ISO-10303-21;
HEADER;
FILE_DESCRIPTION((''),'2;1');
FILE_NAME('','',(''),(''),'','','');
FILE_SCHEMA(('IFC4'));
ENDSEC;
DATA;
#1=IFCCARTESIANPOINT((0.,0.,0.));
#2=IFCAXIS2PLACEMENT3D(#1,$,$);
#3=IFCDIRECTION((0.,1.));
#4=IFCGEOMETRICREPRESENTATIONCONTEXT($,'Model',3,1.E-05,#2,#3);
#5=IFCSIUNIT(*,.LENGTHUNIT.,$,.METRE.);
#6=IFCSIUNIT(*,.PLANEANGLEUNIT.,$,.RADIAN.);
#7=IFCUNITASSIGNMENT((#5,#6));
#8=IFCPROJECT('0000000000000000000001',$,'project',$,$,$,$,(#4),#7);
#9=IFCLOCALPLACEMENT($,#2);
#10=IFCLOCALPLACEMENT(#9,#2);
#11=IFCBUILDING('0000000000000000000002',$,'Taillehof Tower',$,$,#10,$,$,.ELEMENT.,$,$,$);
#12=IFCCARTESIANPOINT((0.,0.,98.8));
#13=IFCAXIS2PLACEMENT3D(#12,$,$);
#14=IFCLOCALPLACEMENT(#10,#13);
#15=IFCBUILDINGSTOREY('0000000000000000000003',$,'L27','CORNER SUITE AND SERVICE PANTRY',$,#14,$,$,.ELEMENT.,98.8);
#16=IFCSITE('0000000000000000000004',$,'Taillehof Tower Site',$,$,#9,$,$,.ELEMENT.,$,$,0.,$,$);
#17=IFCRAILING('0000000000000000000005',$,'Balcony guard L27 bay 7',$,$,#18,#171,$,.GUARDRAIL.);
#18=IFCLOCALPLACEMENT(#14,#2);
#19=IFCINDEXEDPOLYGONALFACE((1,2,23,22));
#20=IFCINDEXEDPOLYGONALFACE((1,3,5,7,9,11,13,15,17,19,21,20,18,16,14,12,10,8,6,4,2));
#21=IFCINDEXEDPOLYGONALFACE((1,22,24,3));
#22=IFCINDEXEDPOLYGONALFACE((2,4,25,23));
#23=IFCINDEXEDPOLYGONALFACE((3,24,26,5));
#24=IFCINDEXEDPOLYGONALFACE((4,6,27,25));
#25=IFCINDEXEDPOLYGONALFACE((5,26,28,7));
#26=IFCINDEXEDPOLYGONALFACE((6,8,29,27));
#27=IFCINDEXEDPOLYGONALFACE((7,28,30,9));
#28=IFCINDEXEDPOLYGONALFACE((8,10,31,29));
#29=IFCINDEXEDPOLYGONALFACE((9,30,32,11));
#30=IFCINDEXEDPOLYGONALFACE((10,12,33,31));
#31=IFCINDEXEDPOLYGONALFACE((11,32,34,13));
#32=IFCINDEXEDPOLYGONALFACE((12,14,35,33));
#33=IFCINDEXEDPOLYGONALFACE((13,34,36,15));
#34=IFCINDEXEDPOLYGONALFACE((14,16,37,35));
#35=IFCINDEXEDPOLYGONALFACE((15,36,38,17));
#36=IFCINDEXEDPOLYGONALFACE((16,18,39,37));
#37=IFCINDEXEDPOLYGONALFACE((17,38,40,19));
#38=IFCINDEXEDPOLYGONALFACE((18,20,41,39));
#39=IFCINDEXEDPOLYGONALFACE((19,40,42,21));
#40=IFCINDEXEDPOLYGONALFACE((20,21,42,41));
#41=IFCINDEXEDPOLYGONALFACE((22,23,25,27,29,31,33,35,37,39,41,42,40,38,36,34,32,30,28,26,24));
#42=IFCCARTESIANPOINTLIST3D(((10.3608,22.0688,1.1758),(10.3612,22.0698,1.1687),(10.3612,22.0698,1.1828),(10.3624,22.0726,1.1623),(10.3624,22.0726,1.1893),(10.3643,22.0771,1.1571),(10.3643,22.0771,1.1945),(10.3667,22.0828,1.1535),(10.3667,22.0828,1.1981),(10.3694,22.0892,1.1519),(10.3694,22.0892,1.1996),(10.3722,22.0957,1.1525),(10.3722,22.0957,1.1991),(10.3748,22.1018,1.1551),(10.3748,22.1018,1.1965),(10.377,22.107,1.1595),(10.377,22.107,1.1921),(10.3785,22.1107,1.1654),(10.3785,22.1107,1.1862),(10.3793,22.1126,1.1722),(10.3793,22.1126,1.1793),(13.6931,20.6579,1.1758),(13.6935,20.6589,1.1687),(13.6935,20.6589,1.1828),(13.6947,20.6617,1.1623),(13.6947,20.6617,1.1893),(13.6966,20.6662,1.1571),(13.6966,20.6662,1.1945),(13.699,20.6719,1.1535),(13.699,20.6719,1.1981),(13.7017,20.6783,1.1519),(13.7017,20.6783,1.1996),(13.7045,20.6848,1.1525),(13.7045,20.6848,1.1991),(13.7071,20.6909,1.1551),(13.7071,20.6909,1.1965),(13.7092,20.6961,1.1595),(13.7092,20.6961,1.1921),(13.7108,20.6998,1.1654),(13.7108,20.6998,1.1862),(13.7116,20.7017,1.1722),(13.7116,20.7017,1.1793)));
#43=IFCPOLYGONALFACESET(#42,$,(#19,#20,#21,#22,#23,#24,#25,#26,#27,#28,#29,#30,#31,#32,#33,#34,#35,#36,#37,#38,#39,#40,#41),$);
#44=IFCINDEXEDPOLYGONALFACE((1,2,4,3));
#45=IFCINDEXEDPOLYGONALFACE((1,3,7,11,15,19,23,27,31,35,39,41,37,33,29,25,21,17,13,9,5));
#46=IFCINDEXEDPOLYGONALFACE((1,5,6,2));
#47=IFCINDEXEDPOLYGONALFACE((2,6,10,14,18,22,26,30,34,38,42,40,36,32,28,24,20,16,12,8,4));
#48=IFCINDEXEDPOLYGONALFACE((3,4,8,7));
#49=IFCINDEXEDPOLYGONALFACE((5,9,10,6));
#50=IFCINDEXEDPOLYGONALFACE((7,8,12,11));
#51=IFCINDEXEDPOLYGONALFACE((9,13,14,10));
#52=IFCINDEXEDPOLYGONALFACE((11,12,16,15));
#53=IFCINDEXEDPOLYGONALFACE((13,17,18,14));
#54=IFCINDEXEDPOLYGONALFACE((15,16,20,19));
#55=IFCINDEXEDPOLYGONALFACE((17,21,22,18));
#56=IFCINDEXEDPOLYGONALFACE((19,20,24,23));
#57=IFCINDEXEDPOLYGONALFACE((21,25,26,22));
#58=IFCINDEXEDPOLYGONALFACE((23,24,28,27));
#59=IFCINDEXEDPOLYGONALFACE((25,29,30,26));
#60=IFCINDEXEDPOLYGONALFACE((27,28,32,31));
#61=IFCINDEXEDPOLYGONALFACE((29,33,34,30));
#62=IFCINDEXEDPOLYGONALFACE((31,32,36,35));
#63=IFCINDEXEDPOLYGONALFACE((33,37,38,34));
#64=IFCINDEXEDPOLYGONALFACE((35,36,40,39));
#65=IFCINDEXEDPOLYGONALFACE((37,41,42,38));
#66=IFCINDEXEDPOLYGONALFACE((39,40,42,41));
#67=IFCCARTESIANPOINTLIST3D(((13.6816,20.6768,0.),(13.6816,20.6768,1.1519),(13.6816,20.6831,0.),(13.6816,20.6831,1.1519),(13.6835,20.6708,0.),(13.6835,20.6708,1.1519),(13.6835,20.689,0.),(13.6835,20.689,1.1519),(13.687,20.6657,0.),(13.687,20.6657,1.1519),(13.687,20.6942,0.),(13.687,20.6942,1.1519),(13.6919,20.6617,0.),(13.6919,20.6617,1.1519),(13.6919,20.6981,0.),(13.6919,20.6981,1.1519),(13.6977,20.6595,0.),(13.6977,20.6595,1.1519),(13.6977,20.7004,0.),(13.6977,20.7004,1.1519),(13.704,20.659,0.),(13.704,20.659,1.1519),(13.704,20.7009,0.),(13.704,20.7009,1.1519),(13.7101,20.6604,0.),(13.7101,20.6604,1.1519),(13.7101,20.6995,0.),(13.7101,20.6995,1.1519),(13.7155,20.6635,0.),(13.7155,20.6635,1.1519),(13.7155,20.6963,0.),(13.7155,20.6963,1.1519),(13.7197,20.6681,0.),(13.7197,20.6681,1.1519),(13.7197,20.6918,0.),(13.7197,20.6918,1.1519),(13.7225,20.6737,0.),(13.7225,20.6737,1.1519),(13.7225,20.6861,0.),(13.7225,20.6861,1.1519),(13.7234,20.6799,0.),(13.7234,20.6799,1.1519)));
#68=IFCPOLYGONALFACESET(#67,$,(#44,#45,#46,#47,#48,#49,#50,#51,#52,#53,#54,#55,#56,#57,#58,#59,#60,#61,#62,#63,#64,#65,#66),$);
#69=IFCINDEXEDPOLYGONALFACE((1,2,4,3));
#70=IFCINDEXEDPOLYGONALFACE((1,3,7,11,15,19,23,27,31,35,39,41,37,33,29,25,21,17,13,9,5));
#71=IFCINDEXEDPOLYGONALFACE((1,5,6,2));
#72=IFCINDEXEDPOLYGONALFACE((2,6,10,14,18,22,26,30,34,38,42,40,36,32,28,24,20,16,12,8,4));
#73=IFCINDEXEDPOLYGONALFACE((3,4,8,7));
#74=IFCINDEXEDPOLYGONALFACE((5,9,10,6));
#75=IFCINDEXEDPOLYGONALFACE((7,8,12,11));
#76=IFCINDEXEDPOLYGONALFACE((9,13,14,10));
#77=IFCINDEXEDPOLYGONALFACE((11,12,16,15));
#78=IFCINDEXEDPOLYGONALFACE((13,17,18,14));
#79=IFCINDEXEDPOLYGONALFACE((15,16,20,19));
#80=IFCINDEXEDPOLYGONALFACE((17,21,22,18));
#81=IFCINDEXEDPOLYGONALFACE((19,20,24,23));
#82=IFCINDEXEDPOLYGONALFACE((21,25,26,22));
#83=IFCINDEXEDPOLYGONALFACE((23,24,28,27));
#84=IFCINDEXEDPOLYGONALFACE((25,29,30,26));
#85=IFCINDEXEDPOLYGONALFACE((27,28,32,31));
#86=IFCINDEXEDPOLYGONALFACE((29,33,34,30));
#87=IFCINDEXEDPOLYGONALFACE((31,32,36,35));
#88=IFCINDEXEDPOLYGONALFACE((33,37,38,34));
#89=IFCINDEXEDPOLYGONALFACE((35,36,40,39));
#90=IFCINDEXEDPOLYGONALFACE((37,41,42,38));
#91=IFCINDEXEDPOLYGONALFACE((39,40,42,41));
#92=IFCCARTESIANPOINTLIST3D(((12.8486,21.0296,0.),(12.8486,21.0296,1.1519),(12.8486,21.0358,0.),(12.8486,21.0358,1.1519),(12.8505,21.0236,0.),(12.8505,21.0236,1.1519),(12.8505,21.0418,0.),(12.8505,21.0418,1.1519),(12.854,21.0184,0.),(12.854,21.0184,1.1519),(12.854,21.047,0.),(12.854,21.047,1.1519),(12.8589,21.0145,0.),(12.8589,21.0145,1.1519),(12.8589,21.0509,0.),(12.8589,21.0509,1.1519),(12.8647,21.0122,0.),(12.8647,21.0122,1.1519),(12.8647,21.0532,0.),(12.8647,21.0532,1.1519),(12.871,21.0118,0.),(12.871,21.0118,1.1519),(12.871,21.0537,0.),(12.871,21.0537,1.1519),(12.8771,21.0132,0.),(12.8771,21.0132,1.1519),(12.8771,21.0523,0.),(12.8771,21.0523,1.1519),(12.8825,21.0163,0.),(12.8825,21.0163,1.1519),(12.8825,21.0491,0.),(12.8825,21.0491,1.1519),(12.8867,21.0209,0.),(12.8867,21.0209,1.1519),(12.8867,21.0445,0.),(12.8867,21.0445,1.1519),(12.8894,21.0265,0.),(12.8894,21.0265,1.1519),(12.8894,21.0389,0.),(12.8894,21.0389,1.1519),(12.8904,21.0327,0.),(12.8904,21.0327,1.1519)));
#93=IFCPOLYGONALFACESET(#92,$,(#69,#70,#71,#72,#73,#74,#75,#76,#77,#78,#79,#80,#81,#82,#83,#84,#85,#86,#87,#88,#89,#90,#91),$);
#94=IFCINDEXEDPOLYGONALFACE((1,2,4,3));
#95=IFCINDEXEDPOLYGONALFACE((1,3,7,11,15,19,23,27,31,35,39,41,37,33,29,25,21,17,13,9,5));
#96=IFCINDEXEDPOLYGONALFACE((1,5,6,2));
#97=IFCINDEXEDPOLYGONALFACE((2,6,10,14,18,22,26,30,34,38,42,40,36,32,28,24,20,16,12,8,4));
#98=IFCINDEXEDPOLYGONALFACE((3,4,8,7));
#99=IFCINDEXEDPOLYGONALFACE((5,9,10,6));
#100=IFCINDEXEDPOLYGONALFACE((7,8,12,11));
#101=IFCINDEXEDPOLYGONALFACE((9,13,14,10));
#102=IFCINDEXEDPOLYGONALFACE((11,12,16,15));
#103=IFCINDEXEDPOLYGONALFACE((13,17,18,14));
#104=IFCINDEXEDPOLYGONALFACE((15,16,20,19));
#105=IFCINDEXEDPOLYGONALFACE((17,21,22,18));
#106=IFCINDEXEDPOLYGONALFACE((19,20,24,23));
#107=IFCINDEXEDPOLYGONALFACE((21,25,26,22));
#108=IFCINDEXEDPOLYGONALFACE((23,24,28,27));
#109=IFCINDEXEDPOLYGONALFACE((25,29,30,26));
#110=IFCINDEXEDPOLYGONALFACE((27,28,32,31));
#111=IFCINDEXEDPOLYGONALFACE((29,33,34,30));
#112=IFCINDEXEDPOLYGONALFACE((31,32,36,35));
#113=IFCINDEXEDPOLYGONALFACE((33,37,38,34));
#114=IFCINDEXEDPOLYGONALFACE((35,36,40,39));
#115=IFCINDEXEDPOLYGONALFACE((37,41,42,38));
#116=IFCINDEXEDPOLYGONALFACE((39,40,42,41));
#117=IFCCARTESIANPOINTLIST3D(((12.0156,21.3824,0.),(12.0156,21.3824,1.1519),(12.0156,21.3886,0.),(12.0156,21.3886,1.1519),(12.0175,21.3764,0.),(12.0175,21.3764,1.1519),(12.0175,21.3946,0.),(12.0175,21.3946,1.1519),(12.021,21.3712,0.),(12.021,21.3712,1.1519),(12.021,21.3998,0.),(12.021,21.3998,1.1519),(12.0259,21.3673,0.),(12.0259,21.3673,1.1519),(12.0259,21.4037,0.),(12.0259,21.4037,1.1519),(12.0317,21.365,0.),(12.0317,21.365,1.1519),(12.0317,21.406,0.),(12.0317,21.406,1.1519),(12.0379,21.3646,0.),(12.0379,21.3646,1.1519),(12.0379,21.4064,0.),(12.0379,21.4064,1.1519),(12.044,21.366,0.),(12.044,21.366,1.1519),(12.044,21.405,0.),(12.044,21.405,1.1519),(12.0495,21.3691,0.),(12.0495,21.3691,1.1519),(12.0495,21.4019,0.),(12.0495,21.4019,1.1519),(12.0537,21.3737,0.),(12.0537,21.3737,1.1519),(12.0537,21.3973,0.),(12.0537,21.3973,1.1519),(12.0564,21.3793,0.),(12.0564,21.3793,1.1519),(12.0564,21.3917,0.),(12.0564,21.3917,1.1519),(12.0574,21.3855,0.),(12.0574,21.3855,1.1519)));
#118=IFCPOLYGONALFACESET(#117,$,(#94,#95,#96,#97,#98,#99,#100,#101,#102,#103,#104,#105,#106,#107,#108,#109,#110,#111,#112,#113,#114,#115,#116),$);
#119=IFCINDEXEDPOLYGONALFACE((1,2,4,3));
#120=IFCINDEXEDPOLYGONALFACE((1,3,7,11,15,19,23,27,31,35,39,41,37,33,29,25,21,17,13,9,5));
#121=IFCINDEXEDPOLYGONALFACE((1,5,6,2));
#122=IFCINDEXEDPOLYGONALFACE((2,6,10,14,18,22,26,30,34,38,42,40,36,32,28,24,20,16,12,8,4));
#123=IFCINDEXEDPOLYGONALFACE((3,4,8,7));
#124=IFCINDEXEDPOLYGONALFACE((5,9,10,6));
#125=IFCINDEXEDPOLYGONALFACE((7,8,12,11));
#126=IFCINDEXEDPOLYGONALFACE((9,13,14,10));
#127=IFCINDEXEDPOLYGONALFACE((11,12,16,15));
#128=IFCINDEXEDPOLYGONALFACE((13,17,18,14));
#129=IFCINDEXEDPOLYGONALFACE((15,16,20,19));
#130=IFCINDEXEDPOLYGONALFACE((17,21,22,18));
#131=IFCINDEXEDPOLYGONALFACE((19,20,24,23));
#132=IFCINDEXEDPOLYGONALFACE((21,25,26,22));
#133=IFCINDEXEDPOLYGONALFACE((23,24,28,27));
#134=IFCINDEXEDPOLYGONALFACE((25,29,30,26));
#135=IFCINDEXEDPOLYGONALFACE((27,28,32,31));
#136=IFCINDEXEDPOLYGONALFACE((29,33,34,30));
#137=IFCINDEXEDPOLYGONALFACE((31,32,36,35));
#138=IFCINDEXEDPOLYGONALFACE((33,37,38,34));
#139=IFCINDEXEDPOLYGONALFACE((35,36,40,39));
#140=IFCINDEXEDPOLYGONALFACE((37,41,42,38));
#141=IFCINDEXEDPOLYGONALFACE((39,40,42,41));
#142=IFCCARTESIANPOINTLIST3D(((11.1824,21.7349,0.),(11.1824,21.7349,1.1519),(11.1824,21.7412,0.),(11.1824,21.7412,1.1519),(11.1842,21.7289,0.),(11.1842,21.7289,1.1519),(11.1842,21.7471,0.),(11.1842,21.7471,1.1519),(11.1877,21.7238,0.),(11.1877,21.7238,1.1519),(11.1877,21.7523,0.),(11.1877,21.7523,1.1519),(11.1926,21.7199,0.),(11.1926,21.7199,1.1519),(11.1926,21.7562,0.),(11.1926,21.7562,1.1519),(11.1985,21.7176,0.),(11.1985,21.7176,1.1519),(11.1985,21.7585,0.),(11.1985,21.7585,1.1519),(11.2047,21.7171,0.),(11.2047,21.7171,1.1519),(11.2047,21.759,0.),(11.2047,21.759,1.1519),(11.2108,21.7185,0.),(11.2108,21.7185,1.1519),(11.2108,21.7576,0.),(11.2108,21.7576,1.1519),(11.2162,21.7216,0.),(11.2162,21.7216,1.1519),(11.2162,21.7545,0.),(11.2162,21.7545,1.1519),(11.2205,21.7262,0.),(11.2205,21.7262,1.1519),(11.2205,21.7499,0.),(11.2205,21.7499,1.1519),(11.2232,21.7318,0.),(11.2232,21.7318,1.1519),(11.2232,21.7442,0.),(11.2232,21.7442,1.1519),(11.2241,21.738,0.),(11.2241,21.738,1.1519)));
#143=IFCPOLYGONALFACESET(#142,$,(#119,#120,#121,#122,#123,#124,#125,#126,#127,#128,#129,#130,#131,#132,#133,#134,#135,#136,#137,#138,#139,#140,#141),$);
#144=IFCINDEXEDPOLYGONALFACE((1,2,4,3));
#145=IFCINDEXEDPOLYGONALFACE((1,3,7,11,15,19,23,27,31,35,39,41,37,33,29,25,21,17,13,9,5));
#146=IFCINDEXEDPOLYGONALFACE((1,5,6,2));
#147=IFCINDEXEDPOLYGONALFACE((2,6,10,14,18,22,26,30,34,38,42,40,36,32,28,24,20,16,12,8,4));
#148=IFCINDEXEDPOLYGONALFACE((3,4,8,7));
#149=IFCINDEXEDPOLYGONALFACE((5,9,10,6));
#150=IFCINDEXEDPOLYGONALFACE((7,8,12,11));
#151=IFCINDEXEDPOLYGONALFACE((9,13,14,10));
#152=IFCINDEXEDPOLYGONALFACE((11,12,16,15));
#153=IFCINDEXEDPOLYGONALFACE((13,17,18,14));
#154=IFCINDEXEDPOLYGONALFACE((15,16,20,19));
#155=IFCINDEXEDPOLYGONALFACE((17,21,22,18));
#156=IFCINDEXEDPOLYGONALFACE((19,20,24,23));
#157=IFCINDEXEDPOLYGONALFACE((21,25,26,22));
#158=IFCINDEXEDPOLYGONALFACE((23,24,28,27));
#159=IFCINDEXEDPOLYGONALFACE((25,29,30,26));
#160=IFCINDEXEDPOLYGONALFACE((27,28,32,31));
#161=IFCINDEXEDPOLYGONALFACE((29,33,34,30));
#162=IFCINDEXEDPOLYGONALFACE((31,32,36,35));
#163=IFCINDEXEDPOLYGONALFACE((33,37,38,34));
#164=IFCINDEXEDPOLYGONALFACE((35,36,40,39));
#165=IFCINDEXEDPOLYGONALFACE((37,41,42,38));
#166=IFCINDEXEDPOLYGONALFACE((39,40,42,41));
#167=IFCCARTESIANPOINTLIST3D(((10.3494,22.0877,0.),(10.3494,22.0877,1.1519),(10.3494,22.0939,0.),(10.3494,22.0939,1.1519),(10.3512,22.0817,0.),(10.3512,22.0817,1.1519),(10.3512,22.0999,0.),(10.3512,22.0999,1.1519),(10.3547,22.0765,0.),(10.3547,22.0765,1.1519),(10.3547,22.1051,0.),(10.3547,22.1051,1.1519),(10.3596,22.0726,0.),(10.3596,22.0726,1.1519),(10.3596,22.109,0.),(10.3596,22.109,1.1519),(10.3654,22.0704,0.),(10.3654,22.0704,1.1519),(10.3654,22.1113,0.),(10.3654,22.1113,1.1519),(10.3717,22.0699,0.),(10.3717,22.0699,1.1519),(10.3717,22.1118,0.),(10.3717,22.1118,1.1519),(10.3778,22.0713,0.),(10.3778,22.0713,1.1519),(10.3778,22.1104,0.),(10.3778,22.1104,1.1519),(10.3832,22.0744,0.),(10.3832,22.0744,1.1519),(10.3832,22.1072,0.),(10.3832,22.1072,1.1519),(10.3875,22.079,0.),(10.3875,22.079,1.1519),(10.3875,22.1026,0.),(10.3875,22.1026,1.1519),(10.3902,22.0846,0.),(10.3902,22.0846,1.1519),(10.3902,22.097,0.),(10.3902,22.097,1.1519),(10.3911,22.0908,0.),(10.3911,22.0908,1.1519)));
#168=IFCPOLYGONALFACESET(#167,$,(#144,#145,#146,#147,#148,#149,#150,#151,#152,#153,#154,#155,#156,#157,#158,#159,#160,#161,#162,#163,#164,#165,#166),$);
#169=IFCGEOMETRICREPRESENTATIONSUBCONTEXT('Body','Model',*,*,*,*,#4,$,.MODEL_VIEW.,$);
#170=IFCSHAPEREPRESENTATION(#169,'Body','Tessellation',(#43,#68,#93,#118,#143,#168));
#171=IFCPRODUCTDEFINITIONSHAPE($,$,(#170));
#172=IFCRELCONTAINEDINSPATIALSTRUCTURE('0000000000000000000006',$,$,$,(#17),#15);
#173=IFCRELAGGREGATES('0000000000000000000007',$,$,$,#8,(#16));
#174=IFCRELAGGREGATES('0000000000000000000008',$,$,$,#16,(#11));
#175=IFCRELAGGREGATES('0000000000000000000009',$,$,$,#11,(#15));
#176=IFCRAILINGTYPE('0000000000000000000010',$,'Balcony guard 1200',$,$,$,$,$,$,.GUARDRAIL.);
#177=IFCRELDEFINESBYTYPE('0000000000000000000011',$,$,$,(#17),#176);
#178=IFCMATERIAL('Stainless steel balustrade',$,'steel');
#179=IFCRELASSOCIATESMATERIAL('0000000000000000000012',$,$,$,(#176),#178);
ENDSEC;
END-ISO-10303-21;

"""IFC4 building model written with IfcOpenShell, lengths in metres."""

from ifc_helpers import new_model, si_unit, direction, frame, origin, origin_2d, place, context, subcontext, project, spatial, circle, extrude, material, type_object, element, save


model = new_model("IFC4")

# Units and contexts
model_context = context("Model", 3, precision=1e-05, world=origin(), true_north=direction((0.0, 1.0)))
body_context = subcontext(model_context, "Body", "Model", "MODEL_VIEW")
ifc_project = project(units=[si_unit("LENGTHUNIT", "METRE"), si_unit("PLANEANGLEUNIT", "RADIAN")], contexts=[model_context])

# Site, building, storey
site_placement = place(None, origin())
site = spatial("IfcSite", under=ifc_project, at=site_placement, Name="Taillehof Tower Site", CompositionType="ELEMENT", RefElevation=0.0)
building_placement = place(site_placement, origin())
building = spatial("IfcBuilding", under=site, at=building_placement, Name="Taillehof Tower", CompositionType="ELEMENT")
storey_placement = place(building_placement, frame((0.0, 0.0, 98.8)))
storey = spatial("IfcBuildingStorey", under=building, at=storey_placement, Name="L27", Description="CORNER SUITE AND SERVICE PANTRY", CompositionType="ELEMENT", Elevation=98.8)

# Railing
ifc_material_1 = material(Name="Stainless steel balustrade", Category="steel")
railing_type = type_object("IfcRailingType", Name="Balcony guard 1200", PredefinedType="GUARDRAIL", material=ifc_material_1)
railing_1_placement = place(storey_placement, frame((13.7024, 20.6799, 0.0)))
element("IfcRailing", 1, at=railing_1_placement, inside=storey, type_object=railing_type, Name="Balcony guard L27 bay 7", PredefinedType="GUARDRAIL", context=body_context, shape_type="SweptSolid", body=[
    extrude(circle(Radius=0.0239, at=origin_2d()), frame((0.0, 0.0, 1.1758), z_axis=(-0.92086, 0.389893, 0.0), x_axis=(-0.389893, -0.92086, 0.0)), (0.0, 0.0, 1.0), 3.6187),
    extrude(circle(Radius=0.021, at=origin_2d()), origin(), (0.0, 0.0, 1.0), 1.1519),
    extrude(circle(Radius=0.021, at=origin_2d()), frame((-0.833, 0.3528, 0.0)), (0.0, 0.0, 1.0), 1.1519),
    extrude(circle(Radius=0.021, at=origin_2d()), frame((-1.666, 0.7056, 0.0)), (0.0, 0.0, 1.0), 1.1519),
    extrude(circle(Radius=0.021, at=origin_2d()), frame((-2.4993, 1.0581, 0.0)), (0.0, 0.0, 1.0), 1.1519),
    extrude(circle(Radius=0.021, at=origin_2d()), frame((-3.3323, 1.4109, 0.0)), (0.0, 0.0, 1.0), 1.1519),
])

save(model, "model.ifc")
